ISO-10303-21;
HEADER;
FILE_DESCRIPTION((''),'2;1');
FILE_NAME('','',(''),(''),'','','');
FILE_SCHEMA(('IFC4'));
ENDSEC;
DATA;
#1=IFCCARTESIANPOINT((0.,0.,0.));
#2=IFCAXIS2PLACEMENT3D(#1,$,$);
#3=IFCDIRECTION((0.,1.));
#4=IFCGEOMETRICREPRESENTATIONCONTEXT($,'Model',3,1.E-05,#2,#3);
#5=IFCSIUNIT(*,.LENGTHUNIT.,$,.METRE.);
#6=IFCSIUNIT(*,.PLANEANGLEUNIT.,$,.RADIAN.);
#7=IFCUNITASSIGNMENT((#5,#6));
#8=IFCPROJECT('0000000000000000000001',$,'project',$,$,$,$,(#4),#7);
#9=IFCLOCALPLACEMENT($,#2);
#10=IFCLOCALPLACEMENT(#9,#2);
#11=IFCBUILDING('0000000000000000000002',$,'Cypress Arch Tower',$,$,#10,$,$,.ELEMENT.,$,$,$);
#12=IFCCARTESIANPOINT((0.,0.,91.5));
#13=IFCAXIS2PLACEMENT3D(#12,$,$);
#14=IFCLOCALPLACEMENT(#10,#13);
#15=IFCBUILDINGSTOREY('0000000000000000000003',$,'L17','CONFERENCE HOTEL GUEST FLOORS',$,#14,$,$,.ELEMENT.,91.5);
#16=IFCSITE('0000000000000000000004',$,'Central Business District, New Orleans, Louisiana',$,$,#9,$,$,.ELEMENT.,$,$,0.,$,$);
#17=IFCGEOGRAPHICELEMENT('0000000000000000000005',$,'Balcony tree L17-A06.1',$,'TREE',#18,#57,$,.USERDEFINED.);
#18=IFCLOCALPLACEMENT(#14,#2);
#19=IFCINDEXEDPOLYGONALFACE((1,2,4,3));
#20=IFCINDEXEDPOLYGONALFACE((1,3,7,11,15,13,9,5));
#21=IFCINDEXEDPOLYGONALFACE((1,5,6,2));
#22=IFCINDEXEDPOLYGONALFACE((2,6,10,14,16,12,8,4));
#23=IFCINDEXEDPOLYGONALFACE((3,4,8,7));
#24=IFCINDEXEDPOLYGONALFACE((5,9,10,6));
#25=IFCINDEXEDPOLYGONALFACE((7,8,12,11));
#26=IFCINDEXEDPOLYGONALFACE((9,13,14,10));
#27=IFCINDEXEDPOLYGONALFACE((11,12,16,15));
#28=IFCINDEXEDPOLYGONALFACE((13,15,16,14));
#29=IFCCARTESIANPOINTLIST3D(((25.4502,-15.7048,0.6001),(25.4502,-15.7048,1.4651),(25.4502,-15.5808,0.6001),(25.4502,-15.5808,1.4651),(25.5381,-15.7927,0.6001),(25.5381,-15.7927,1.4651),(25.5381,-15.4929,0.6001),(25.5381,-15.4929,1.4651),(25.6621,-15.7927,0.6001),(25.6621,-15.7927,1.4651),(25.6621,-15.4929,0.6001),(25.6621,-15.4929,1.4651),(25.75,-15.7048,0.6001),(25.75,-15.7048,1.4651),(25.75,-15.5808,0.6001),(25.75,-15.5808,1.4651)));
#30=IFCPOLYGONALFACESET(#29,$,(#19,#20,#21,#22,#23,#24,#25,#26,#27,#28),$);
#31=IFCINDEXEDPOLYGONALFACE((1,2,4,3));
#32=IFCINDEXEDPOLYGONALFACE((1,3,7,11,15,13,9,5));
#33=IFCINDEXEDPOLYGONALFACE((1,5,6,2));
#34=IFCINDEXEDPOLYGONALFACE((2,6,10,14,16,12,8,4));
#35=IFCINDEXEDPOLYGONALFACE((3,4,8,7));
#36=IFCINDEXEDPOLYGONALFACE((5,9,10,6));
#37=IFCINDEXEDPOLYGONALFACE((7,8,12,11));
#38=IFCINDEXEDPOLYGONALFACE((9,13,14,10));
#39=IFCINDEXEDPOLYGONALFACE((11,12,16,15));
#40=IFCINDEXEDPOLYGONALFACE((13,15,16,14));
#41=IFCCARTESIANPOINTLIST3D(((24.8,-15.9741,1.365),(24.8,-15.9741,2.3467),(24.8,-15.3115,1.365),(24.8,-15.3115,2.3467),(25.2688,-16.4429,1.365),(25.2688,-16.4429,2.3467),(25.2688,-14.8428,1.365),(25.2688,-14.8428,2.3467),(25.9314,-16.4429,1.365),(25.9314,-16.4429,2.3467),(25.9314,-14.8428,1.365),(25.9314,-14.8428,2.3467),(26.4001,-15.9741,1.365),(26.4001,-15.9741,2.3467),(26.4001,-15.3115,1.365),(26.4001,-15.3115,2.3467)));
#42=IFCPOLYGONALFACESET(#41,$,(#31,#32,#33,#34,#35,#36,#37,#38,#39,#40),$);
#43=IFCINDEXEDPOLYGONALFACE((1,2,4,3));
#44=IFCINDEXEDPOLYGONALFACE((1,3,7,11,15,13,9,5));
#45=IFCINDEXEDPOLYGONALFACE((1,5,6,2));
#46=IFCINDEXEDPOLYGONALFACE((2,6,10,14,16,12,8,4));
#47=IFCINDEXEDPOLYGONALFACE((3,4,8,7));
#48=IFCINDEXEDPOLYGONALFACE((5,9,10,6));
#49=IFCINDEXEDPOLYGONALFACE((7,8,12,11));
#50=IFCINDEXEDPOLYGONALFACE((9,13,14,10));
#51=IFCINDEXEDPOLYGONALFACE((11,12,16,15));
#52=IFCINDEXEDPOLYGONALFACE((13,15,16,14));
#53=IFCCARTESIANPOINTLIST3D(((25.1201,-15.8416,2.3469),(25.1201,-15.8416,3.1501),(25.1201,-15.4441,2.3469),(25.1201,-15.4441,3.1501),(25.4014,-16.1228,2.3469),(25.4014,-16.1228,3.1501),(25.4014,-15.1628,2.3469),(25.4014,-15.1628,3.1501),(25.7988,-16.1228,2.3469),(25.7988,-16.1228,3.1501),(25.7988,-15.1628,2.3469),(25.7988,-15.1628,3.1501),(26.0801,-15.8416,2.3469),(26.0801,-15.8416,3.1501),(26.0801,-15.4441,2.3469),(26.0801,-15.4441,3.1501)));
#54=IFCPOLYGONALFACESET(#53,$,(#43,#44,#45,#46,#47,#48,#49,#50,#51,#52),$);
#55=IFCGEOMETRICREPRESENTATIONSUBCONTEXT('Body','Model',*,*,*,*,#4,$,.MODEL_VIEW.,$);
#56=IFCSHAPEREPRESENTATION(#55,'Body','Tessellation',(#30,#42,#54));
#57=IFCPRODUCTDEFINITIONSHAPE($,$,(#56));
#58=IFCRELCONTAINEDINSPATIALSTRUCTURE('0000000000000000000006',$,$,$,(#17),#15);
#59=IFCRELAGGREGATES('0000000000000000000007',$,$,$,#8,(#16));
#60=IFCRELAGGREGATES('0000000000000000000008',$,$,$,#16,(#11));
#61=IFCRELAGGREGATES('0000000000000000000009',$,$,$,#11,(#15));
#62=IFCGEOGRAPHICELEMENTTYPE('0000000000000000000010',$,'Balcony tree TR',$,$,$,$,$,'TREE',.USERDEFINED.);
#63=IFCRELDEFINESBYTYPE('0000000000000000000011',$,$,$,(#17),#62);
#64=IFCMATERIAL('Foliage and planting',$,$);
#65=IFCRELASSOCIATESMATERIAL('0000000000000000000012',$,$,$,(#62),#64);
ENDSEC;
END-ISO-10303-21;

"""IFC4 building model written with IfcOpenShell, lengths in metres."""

from ifc_helpers import new_model, si_unit, direction, frame, origin, place, context, subcontext, project, spatial, polyline, outline, extrude, material, type_object, element, save


model = new_model("IFC4")

# Units and contexts
model_context = context("Model", 3, precision=1e-05, world=origin(), true_north=direction((0.0, 1.0)))
body_context = subcontext(model_context, "Body", "Model", "MODEL_VIEW")
ifc_project = project(units=[si_unit("LENGTHUNIT", "METRE"), si_unit("PLANEANGLEUNIT", "RADIAN")], contexts=[model_context])

# Site, building, storey
site_placement = place(None, origin())
site = spatial("IfcSite", under=ifc_project, at=site_placement, Name="Central Business District, New Orleans, Louisiana", CompositionType="ELEMENT", RefElevation=0.0)
building_placement = place(site_placement, origin())
building = spatial("IfcBuilding", under=site, at=building_placement, Name="Cypress Arch Tower", CompositionType="ELEMENT")
storey_placement = place(building_placement, frame((0.0, 0.0, 91.5)))
storey = spatial("IfcBuildingStorey", under=building, at=storey_placement, Name="L17", Description="CONFERENCE HOTEL GUEST FLOORS", CompositionType="ELEMENT", Elevation=91.5)

# Geographic element
ifc_material_1 = material(Name="Foliage and planting")
geographic_element_type = type_object("IfcGeographicElementType", Name="Balcony tree TR", ElementType="TREE", PredefinedType="USERDEFINED", material=ifc_material_1)
geographic_element_placement = place(storey_placement, frame((25.6001, -15.6428, 0.6001), z_axis=(0.0, 0.0, 1.0), x_axis=(1.0, 0.0, 0.0)))
element("IfcGeographicElement", 1, at=geographic_element_placement, inside=storey, type_object=geographic_element_type, Name="Balcony tree L17-A06.1", ObjectType="TREE", PredefinedType="USERDEFINED", context=body_context, shape_type="SweptSolid", body=[
    extrude(outline(polyline([(0.1499, 0.062), (0.062, 0.1499), (-0.062, 0.1499), (-0.1499, 0.062), (-0.1499, -0.062), (-0.062, -0.1499), (0.062, -0.1499), (0.1499, -0.062), (0.1499, 0.062)])), origin(), (0.0, 0.0, 1.0), 0.865),
    extrude(outline(polyline([(0.8, 0.3313), (0.3313, 0.8), (-0.3313, 0.8), (-0.8, 0.3313), (-0.8, -0.3313), (-0.3313, -0.8), (0.3313, -0.8), (0.8, -0.3313), (0.8, 0.3313)])), frame((0.0, 0.0, 0.7649)), (0.0, 0.0, 1.0), 0.9817),
    extrude(outline(polyline([(0.48, 0.1987), (0.1987, 0.48), (-0.1987, 0.48), (-0.48, 0.1987), (-0.48, -0.1987), (-0.1987, -0.48), (0.1987, -0.48), (0.48, -0.1987), (0.48, 0.1987)])), frame((0.0, 0.0, 1.7468)), (0.0, 0.0, 1.0), 0.8032),
])

save(model, "model.ifc")
